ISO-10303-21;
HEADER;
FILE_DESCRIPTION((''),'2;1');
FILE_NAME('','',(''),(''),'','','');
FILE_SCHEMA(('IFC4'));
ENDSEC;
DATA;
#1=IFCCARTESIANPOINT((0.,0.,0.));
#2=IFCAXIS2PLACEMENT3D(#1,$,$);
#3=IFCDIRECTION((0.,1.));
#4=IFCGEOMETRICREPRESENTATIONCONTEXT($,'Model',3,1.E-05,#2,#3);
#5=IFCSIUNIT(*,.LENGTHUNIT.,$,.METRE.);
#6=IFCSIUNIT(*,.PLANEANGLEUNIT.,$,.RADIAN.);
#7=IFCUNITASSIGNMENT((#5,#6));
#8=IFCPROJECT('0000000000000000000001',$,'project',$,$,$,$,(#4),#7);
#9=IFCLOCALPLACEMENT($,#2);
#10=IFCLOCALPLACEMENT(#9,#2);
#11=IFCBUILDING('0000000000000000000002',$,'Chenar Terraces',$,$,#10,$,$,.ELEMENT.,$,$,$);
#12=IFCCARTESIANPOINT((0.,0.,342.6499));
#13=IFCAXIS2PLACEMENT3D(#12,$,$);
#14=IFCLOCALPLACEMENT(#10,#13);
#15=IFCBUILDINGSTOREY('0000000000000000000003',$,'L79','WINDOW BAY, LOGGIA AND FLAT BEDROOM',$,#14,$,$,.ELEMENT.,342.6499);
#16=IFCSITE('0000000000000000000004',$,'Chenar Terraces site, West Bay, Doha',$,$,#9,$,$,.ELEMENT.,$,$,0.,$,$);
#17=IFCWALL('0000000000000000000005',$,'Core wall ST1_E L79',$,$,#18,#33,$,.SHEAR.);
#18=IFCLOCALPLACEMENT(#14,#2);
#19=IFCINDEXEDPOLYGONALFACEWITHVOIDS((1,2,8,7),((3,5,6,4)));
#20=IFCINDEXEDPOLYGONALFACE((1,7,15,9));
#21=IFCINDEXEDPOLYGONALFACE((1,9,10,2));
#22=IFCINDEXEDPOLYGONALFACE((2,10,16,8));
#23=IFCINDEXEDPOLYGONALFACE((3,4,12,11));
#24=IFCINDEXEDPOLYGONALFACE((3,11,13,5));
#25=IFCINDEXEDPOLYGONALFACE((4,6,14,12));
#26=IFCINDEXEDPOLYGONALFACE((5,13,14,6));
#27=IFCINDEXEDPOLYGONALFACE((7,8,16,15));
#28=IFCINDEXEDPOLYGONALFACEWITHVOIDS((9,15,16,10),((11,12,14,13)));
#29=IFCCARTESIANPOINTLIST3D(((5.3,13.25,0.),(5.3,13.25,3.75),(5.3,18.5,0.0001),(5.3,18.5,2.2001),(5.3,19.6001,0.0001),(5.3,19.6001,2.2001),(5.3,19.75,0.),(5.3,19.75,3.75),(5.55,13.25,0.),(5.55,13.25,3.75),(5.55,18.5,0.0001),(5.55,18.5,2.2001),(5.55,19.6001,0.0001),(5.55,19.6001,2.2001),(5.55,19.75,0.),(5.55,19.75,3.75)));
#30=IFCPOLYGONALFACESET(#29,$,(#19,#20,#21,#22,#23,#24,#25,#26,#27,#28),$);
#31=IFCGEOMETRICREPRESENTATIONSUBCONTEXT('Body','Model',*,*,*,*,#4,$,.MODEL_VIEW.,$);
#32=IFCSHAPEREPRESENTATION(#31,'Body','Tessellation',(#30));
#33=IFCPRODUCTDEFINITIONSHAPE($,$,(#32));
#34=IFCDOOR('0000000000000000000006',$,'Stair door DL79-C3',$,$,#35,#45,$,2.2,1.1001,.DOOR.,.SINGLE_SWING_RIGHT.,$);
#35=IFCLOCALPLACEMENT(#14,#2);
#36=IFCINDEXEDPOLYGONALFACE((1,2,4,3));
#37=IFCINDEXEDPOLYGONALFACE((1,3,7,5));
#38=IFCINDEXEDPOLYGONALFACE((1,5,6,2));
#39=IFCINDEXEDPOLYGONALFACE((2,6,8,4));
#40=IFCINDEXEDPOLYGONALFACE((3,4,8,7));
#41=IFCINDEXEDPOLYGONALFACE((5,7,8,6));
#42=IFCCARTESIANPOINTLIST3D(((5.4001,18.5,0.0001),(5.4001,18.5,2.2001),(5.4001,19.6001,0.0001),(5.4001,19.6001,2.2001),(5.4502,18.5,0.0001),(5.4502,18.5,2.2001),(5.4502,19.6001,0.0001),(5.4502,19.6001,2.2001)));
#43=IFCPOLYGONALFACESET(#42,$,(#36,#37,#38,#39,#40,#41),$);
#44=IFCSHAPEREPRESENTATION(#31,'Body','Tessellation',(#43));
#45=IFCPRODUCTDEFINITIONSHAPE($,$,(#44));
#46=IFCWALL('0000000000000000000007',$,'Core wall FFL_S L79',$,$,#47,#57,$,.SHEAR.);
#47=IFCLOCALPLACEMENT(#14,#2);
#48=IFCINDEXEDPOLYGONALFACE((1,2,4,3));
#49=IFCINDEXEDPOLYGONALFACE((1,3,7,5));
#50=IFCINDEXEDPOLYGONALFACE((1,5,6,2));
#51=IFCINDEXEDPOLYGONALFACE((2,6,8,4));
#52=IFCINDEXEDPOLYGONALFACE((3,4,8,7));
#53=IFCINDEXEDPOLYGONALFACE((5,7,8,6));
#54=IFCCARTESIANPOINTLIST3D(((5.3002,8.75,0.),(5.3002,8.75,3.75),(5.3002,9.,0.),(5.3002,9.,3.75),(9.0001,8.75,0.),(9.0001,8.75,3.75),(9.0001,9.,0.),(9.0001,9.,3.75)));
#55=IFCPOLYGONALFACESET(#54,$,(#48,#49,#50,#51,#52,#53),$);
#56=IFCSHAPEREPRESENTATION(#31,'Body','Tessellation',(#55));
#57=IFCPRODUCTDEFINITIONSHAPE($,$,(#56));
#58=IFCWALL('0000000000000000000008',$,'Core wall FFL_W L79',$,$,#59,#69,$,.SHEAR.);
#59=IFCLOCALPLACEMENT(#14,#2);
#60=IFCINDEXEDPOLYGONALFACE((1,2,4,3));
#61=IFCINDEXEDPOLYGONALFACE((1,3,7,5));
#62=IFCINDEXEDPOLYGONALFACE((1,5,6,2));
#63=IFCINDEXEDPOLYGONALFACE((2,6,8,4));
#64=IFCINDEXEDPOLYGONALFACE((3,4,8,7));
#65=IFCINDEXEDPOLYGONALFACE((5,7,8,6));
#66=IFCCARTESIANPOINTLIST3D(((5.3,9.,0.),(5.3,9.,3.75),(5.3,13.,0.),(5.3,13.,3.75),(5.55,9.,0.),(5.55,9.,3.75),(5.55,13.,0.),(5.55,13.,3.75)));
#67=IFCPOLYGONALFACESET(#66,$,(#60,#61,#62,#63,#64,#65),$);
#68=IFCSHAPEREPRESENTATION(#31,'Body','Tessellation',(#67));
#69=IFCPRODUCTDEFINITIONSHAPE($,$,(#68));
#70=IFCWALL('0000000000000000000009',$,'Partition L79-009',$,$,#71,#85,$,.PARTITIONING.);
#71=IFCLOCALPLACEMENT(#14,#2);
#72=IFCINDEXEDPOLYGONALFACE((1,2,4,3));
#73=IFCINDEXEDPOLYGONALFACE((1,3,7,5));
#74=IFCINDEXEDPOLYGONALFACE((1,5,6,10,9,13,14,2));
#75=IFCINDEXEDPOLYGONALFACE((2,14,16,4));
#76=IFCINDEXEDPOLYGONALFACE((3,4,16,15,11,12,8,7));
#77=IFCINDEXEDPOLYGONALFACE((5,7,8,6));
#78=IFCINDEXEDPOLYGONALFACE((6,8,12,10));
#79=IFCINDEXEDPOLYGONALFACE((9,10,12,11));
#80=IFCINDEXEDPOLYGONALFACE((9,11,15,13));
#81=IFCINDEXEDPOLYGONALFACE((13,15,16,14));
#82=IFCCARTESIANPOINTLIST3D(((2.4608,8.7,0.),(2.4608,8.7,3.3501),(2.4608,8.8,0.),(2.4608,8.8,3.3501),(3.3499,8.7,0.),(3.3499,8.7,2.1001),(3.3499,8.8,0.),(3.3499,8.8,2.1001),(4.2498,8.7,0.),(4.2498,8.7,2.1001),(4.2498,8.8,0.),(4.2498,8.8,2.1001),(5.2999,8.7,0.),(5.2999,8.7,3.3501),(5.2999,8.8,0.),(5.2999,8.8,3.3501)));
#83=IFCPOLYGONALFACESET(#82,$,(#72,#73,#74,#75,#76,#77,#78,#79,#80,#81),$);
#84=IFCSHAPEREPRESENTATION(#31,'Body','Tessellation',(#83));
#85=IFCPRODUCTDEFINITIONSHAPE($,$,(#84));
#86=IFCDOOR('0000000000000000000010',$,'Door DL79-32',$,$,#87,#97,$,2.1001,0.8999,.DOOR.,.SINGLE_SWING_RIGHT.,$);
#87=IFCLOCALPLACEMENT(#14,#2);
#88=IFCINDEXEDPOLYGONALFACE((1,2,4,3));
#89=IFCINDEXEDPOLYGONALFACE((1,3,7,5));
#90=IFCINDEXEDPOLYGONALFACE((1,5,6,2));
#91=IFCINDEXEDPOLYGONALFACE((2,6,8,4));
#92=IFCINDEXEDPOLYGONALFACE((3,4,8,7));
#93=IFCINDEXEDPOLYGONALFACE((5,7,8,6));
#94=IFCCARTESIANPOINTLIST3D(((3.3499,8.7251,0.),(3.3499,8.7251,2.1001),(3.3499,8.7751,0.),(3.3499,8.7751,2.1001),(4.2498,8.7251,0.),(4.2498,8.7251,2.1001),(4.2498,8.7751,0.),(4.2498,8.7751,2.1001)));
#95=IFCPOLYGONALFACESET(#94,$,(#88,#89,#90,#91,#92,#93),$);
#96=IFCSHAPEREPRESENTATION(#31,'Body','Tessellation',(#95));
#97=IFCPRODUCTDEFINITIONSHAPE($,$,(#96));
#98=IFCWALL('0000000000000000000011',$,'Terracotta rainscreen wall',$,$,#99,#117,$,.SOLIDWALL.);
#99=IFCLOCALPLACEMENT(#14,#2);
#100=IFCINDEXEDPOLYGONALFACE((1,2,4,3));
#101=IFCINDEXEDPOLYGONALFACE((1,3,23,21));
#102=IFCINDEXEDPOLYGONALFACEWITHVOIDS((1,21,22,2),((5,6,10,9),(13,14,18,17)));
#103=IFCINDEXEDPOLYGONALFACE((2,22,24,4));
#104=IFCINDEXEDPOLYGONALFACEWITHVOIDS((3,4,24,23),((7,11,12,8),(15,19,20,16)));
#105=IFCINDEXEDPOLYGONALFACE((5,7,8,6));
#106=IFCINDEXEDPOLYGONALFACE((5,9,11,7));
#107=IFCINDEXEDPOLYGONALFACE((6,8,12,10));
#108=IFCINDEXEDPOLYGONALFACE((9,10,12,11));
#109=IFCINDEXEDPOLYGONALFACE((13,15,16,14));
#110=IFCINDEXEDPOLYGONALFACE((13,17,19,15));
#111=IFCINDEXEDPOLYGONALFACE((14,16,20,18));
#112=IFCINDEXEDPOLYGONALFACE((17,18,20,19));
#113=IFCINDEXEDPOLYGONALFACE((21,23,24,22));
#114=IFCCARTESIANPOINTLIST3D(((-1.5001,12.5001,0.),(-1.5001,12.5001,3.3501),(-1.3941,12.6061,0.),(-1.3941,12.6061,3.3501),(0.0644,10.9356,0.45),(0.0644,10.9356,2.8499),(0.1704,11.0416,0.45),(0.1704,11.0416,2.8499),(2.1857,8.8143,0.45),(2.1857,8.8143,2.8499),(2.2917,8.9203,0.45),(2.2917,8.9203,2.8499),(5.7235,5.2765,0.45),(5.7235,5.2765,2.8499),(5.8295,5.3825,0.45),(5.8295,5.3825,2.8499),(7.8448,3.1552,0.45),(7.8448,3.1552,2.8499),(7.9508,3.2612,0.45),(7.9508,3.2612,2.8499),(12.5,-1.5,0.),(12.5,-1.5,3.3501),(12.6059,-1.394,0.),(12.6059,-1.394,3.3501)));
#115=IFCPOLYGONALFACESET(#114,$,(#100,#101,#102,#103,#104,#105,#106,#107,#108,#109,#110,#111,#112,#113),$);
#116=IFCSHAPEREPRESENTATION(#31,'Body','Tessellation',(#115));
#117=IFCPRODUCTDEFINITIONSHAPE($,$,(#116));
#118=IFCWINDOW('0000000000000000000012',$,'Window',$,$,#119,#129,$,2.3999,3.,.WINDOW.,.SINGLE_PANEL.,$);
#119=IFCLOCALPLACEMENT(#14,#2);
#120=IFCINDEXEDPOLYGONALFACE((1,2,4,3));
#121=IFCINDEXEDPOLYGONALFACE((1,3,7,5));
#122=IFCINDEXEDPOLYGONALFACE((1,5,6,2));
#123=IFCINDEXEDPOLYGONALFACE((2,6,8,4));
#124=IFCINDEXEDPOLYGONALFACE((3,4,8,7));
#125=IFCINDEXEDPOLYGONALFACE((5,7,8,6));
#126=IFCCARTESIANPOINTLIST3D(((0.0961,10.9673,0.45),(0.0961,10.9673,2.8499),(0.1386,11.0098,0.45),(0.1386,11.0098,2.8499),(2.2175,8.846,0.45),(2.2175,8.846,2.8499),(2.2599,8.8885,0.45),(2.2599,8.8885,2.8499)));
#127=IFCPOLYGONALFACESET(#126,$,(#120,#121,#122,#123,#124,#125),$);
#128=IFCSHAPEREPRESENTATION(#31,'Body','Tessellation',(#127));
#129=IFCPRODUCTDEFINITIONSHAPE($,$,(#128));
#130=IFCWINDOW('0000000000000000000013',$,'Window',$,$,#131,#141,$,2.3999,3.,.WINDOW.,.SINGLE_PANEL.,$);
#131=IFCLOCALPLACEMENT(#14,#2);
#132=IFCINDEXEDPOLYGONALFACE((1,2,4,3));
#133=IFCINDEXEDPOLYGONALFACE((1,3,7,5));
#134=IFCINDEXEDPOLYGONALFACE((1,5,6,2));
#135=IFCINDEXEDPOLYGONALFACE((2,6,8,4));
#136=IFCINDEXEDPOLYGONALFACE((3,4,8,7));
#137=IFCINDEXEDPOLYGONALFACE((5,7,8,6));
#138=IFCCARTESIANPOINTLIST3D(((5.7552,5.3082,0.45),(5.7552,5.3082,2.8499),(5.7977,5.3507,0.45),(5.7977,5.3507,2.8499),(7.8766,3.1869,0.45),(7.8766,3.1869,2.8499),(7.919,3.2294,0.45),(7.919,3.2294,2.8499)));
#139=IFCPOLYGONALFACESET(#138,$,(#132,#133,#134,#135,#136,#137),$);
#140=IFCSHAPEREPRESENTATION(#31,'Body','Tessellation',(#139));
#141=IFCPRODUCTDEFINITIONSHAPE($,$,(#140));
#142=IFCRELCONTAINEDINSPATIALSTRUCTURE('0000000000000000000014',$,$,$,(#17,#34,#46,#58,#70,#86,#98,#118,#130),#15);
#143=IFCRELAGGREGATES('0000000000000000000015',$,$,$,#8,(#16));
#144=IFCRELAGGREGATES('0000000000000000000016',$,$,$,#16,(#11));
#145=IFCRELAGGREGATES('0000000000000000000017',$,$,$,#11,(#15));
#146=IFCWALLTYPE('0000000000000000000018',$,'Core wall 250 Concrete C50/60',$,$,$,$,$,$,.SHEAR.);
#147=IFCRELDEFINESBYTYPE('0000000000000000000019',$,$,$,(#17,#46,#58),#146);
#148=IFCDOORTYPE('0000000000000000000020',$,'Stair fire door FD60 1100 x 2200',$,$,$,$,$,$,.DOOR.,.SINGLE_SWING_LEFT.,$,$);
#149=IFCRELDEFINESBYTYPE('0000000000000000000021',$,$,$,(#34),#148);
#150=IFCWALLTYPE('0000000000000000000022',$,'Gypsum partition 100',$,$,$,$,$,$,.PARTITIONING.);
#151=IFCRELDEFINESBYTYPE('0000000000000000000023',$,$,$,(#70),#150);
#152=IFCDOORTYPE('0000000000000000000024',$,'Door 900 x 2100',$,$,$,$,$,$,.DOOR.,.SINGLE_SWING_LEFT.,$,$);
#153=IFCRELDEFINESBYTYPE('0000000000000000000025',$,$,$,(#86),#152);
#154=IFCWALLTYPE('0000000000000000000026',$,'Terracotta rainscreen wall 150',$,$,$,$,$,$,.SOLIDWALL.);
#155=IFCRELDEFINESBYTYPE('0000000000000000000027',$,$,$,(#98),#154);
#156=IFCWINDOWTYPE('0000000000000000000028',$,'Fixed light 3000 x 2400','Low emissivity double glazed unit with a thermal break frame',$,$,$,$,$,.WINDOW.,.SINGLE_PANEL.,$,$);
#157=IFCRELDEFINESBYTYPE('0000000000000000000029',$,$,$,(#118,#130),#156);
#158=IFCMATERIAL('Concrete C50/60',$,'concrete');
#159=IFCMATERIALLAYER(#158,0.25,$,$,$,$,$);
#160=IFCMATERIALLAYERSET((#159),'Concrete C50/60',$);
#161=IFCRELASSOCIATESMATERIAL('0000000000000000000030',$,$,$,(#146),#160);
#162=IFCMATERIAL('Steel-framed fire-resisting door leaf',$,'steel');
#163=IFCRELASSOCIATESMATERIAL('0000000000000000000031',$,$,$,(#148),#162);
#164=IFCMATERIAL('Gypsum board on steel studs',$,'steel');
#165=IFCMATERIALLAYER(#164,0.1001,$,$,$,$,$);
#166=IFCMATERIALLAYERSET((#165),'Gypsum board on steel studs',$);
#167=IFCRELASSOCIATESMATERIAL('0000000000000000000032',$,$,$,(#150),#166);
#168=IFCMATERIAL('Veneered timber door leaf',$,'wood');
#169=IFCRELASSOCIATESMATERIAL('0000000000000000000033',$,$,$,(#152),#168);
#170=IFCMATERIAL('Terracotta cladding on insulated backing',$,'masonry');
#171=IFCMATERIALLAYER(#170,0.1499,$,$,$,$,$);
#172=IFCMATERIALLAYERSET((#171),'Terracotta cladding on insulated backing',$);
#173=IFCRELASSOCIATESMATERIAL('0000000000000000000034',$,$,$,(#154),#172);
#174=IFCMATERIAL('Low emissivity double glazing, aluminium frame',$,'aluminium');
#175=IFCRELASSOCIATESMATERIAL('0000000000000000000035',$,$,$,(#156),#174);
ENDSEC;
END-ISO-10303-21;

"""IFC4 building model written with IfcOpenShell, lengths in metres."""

from ifc_helpers import new_model, si_unit, direction, frame, frame_2d, origin, place, context, subcontext, project, spatial, rectangle, extrude, material, layer, layer_set, type_object, element, fill, save


model = new_model("IFC4")

# Units and contexts
model_context = context("Model", 3, precision=1e-05, world=origin(), true_north=direction((0.0, 1.0)))
body_context = subcontext(model_context, "Body", "Model", "MODEL_VIEW")
ifc_project = project(units=[si_unit("LENGTHUNIT", "METRE"), si_unit("PLANEANGLEUNIT", "RADIAN")], contexts=[model_context])

# Site, building, storey
site_placement = place(None, origin())
site = spatial("IfcSite", under=ifc_project, at=site_placement, Name="Chenar Terraces site, West Bay, Doha", CompositionType="ELEMENT", RefElevation=0.0)
building_placement = place(site_placement, origin())
building = spatial("IfcBuilding", under=site, at=building_placement, Name="Chenar Terraces", CompositionType="ELEMENT")
storey_placement = place(building_placement, frame((0.0, 0.0, 342.6499)))
storey = spatial("IfcBuildingStorey", under=building, at=storey_placement, Name="L79", Description="WINDOW BAY, LOGGIA AND FLAT BEDROOM", CompositionType="ELEMENT", Elevation=342.6499)

# Shared definitions
ifc_material_1 = material(Name="Concrete C50/60", Category="concrete")
ifc_layer_1 = layer(ifc_material_1, 0.25)
ifc_layer_set_1 = layer_set([ifc_layer_1], Name="Concrete C50/60")
wall_type_1 = type_object("IfcWallType", Name="Core wall 250 Concrete C50/60", PredefinedType="SHEAR", material=ifc_layer_set_1)

# Wall, opening, door
wall_1_placement = place(storey_placement, frame((5.425, 13.25, 0.0), z_axis=(0.0, 0.0, 1.0), x_axis=(0.0, 1.0, 0.0)))
wall_1 = element("IfcWall", 1, at=wall_1_placement, inside=storey, type_object=wall_type_1, Name="Core wall ST1_E L79", PredefinedType="SHEAR", context=body_context, shape_type="SweptSolid", body=[
    extrude(rectangle(XDim=6.5, YDim=0.25, at=frame_2d((3.25, 0.0))), origin(), (0.0, 0.0, 1.0), 3.75),
])
opening_1_placement = place(wall_1_placement, frame((5.25, 0.0, 0.0)))
opening_1 = element("IfcOpeningElement", 2, at=opening_1_placement, cuts=wall_1, PredefinedType="OPENING", context=body_context, shape_type="SweptSolid", body=[
    extrude(rectangle(XDim=1.1001, YDim=2.2, at=frame_2d((0.55, 1.1001))), frame((0.0, 0.135, 0.0), z_axis=(0.0, -1.0, 0.0), x_axis=(1.0, 0.0, 0.0)), (0.0, 0.0, 1.0), 0.27),
])
ifc_material_2 = material(Name="Steel-framed fire-resisting door leaf", Category="steel")
door_type_1 = type_object("IfcDoorType", Name="Stair fire door FD60 1100 x 2200", OperationType="SINGLE_SWING_LEFT", PredefinedType="DOOR", material=ifc_material_2)
door_1_placement = place(opening_1_placement, origin())
door_1 = element("IfcDoor", 3, at=door_1_placement, inside=storey, type_object=door_type_1, Name="Stair door DL79-C3", OperationType="SINGLE_SWING_RIGHT", OverallHeight=2.2, OverallWidth=1.1001, PredefinedType="DOOR", context=body_context, shape_type="SweptSolid", body=[
    extrude(rectangle(XDim=1.1001, YDim=2.2, at=frame_2d((0.55, 1.1001))), frame((0.0, 0.0249, 0.0), z_axis=(0.0, -1.0, 0.0), x_axis=(1.0, 0.0, 0.0)), (0.0, 0.0, 1.0), 0.05),
])
fill(opening_1, door_1)

# Walls
wall_2_placement = place(storey_placement, frame((5.3, 8.875, 0.0), z_axis=(0.0, 0.0, 1.0), x_axis=(1.0, 0.0, 0.0)))
element("IfcWall", 4, at=wall_2_placement, inside=storey, type_object=wall_type_1, Name="Core wall FFL_S L79", PredefinedType="SHEAR", context=body_context, shape_type="SweptSolid", body=[
    extrude(rectangle(XDim=3.7, YDim=0.25, at=frame_2d((1.8501, 0.0))), origin(), (0.0, 0.0, 1.0), 3.75),
])
wall_3_placement = place(storey_placement, frame((5.425, 9.0, 0.0), z_axis=(0.0, 0.0, 1.0), x_axis=(0.0, 1.0, 0.0)))
element("IfcWall", 5, at=wall_3_placement, inside=storey, type_object=wall_type_1, Name="Core wall FFL_W L79", PredefinedType="SHEAR", context=body_context, shape_type="SweptSolid", body=[
    extrude(rectangle(XDim=4.0, YDim=0.25, at=frame_2d((2.0, 0.0))), origin(), (0.0, 0.0, 1.0), 3.75),
])

# Wall, opening, door
ifc_material_3 = material(Name="Gypsum board on steel studs", Category="steel")
ifc_layer_2 = layer(ifc_material_3, 0.1001)
ifc_layer_set_2 = layer_set([ifc_layer_2], Name="Gypsum board on steel studs")
wall_type_2 = type_object("IfcWallType", Name="Gypsum partition 100", PredefinedType="PARTITIONING", material=ifc_layer_set_2)
wall_4_placement = place(storey_placement, frame((2.4609, 8.75, 0.0), z_axis=(0.0, 0.0, 1.0), x_axis=(1.0, 0.0, 0.0)))
wall_4 = element("IfcWall", 6, at=wall_4_placement, inside=storey, type_object=wall_type_2, Name="Partition L79-009", PredefinedType="PARTITIONING", context=body_context, shape_type="SweptSolid", body=[
    extrude(rectangle(XDim=2.8391, YDim=0.1001, at=frame_2d((1.4194, 0.0))), origin(), (0.0, 0.0, 1.0), 3.3501),
])
opening_2_placement = place(wall_4_placement, frame((0.8889, 0.0, 0.0)))
opening_2 = element("IfcOpeningElement", 7, at=opening_2_placement, cuts=wall_4, PredefinedType="OPENING", context=body_context, shape_type="SweptSolid", body=[
    extrude(rectangle(XDim=0.8999, YDim=2.1001, at=frame_2d((0.45, 1.05))), frame((0.0, 0.0601, 0.0), z_axis=(0.0, -1.0, 0.0), x_axis=(1.0, 0.0, 0.0)), (0.0, 0.0, 1.0), 0.1201),
])
ifc_material_4 = material(Name="Veneered timber door leaf", Category="wood")
door_type_2 = type_object("IfcDoorType", Name="Door 900 x 2100", OperationType="SINGLE_SWING_LEFT", PredefinedType="DOOR", material=ifc_material_4)
door_2_placement = place(opening_2_placement, frame((0.8999, 0.0, 0.0), z_axis=(0.0, 0.0, 1.0), x_axis=(-1.0, 0.0, 0.0)))
door_2 = element("IfcDoor", 8, at=door_2_placement, inside=storey, type_object=door_type_2, Name="Door DL79-32", OperationType="SINGLE_SWING_RIGHT", OverallHeight=2.1001, OverallWidth=0.8999, PredefinedType="DOOR", context=body_context, shape_type="SweptSolid", body=[
    extrude(rectangle(XDim=0.8999, YDim=2.1001, at=frame_2d((0.45, 1.05))), frame((0.0, 0.0249, 0.0), z_axis=(0.0, -1.0, 0.0), x_axis=(1.0, 0.0, 0.0)), (0.0, 0.0, 1.0), 0.05),
])
fill(opening_2, door_2)

# Wall, openings, windows
ifc_material_5 = material(Name="Terracotta cladding on insulated backing", Category="masonry")
ifc_layer_3 = layer(ifc_material_5, 0.1499)
ifc_layer_set_3 = layer_set([ifc_layer_3], Name="Terracotta cladding on insulated backing")
wall_type_3 = type_object("IfcWallType", Name="Terracotta rainscreen wall 150", PredefinedType="SOLIDWALL", material=ifc_layer_set_3)
wall_5_placement = place(storey_placement, frame((-1.447, 12.553, 0.0), z_axis=(0.0, 0.0, 1.0), x_axis=(0.707107, -0.707107, 0.0)))
wall_5 = element("IfcWall", 9, at=wall_5_placement, inside=storey, type_object=wall_type_3, Name="Terracotta rainscreen wall", PredefinedType="SOLIDWALL", context=body_context, shape_type="SweptSolid", body=[
    extrude(rectangle(XDim=19.7991, YDim=0.1499, at=frame_2d((9.8994, 0.0))), origin(), (0.0, 0.0, 1.0), 3.3501),
])
opening_3_placement = place(wall_5_placement, frame((2.2124, 0.0, 0.45)))
opening_3 = element("IfcOpeningElement", 10, at=opening_3_placement, cuts=wall_5, PredefinedType="OPENING", context=body_context, shape_type="SweptSolid", body=[
    extrude(rectangle(XDim=3.0, YDim=2.3999, at=frame_2d((1.5, 1.2))), frame((0.0, 0.085, 0.0), z_axis=(0.0, -1.0, 0.0), x_axis=(1.0, 0.0, 0.0)), (0.0, 0.0, 1.0), 0.1699),
])
opening_4_placement = place(wall_5_placement, frame((10.2156, 0.0, 0.45)))
opening_4 = element("IfcOpeningElement", 11, at=opening_4_placement, cuts=wall_5, PredefinedType="OPENING", context=body_context, shape_type="SweptSolid", body=[
    extrude(rectangle(XDim=3.0, YDim=2.3999, at=frame_2d((1.5, 1.2))), frame((0.0, 0.085, 0.0), z_axis=(0.0, -1.0, 0.0), x_axis=(1.0, 0.0, 0.0)), (0.0, 0.0, 1.0), 0.1699),
])
ifc_material_6 = material(Name="Low emissivity double glazing, aluminium frame", Category="aluminium")
window_type = type_object("IfcWindowType", Name="Fixed light 3000 x 2400", Description="Low emissivity double glazed unit with a thermal break frame", PartitioningType="SINGLE_PANEL", PredefinedType="WINDOW", material=ifc_material_6)
window_1_placement = place(opening_3_placement, origin())
window_1 = element("IfcWindow", 12, at=window_1_placement, inside=storey, type_object=window_type, Name="Window", OverallHeight=2.3999, OverallWidth=3.0, PartitioningType="SINGLE_PANEL", PredefinedType="WINDOW", context=body_context, shape_type="SweptSolid", body=[
    extrude(rectangle(XDim=3.0, YDim=2.3999, at=frame_2d((1.5, 1.2))), frame((0.0, 0.03, 0.0), z_axis=(0.0, -1.0, 0.0), x_axis=(1.0, 0.0, 0.0)), (0.0, 0.0, 1.0), 0.0601),
])
fill(opening_3, window_1)
window_2_placement = place(opening_4_placement, origin())
window_2 = element("IfcWindow", 13, at=window_2_placement, inside=storey, type_object=window_type, Name="Window", OverallHeight=2.3999, OverallWidth=3.0, PartitioningType="SINGLE_PANEL", PredefinedType="WINDOW", context=body_context, shape_type="SweptSolid", body=[
    extrude(rectangle(XDim=3.0, YDim=2.3999, at=frame_2d((1.5, 1.2))), frame((0.0, 0.03, 0.0), z_axis=(0.0, -1.0, 0.0), x_axis=(1.0, 0.0, 0.0)), (0.0, 0.0, 1.0), 0.0601),
])
fill(opening_4, window_2)

save(model, "model.ifc")
